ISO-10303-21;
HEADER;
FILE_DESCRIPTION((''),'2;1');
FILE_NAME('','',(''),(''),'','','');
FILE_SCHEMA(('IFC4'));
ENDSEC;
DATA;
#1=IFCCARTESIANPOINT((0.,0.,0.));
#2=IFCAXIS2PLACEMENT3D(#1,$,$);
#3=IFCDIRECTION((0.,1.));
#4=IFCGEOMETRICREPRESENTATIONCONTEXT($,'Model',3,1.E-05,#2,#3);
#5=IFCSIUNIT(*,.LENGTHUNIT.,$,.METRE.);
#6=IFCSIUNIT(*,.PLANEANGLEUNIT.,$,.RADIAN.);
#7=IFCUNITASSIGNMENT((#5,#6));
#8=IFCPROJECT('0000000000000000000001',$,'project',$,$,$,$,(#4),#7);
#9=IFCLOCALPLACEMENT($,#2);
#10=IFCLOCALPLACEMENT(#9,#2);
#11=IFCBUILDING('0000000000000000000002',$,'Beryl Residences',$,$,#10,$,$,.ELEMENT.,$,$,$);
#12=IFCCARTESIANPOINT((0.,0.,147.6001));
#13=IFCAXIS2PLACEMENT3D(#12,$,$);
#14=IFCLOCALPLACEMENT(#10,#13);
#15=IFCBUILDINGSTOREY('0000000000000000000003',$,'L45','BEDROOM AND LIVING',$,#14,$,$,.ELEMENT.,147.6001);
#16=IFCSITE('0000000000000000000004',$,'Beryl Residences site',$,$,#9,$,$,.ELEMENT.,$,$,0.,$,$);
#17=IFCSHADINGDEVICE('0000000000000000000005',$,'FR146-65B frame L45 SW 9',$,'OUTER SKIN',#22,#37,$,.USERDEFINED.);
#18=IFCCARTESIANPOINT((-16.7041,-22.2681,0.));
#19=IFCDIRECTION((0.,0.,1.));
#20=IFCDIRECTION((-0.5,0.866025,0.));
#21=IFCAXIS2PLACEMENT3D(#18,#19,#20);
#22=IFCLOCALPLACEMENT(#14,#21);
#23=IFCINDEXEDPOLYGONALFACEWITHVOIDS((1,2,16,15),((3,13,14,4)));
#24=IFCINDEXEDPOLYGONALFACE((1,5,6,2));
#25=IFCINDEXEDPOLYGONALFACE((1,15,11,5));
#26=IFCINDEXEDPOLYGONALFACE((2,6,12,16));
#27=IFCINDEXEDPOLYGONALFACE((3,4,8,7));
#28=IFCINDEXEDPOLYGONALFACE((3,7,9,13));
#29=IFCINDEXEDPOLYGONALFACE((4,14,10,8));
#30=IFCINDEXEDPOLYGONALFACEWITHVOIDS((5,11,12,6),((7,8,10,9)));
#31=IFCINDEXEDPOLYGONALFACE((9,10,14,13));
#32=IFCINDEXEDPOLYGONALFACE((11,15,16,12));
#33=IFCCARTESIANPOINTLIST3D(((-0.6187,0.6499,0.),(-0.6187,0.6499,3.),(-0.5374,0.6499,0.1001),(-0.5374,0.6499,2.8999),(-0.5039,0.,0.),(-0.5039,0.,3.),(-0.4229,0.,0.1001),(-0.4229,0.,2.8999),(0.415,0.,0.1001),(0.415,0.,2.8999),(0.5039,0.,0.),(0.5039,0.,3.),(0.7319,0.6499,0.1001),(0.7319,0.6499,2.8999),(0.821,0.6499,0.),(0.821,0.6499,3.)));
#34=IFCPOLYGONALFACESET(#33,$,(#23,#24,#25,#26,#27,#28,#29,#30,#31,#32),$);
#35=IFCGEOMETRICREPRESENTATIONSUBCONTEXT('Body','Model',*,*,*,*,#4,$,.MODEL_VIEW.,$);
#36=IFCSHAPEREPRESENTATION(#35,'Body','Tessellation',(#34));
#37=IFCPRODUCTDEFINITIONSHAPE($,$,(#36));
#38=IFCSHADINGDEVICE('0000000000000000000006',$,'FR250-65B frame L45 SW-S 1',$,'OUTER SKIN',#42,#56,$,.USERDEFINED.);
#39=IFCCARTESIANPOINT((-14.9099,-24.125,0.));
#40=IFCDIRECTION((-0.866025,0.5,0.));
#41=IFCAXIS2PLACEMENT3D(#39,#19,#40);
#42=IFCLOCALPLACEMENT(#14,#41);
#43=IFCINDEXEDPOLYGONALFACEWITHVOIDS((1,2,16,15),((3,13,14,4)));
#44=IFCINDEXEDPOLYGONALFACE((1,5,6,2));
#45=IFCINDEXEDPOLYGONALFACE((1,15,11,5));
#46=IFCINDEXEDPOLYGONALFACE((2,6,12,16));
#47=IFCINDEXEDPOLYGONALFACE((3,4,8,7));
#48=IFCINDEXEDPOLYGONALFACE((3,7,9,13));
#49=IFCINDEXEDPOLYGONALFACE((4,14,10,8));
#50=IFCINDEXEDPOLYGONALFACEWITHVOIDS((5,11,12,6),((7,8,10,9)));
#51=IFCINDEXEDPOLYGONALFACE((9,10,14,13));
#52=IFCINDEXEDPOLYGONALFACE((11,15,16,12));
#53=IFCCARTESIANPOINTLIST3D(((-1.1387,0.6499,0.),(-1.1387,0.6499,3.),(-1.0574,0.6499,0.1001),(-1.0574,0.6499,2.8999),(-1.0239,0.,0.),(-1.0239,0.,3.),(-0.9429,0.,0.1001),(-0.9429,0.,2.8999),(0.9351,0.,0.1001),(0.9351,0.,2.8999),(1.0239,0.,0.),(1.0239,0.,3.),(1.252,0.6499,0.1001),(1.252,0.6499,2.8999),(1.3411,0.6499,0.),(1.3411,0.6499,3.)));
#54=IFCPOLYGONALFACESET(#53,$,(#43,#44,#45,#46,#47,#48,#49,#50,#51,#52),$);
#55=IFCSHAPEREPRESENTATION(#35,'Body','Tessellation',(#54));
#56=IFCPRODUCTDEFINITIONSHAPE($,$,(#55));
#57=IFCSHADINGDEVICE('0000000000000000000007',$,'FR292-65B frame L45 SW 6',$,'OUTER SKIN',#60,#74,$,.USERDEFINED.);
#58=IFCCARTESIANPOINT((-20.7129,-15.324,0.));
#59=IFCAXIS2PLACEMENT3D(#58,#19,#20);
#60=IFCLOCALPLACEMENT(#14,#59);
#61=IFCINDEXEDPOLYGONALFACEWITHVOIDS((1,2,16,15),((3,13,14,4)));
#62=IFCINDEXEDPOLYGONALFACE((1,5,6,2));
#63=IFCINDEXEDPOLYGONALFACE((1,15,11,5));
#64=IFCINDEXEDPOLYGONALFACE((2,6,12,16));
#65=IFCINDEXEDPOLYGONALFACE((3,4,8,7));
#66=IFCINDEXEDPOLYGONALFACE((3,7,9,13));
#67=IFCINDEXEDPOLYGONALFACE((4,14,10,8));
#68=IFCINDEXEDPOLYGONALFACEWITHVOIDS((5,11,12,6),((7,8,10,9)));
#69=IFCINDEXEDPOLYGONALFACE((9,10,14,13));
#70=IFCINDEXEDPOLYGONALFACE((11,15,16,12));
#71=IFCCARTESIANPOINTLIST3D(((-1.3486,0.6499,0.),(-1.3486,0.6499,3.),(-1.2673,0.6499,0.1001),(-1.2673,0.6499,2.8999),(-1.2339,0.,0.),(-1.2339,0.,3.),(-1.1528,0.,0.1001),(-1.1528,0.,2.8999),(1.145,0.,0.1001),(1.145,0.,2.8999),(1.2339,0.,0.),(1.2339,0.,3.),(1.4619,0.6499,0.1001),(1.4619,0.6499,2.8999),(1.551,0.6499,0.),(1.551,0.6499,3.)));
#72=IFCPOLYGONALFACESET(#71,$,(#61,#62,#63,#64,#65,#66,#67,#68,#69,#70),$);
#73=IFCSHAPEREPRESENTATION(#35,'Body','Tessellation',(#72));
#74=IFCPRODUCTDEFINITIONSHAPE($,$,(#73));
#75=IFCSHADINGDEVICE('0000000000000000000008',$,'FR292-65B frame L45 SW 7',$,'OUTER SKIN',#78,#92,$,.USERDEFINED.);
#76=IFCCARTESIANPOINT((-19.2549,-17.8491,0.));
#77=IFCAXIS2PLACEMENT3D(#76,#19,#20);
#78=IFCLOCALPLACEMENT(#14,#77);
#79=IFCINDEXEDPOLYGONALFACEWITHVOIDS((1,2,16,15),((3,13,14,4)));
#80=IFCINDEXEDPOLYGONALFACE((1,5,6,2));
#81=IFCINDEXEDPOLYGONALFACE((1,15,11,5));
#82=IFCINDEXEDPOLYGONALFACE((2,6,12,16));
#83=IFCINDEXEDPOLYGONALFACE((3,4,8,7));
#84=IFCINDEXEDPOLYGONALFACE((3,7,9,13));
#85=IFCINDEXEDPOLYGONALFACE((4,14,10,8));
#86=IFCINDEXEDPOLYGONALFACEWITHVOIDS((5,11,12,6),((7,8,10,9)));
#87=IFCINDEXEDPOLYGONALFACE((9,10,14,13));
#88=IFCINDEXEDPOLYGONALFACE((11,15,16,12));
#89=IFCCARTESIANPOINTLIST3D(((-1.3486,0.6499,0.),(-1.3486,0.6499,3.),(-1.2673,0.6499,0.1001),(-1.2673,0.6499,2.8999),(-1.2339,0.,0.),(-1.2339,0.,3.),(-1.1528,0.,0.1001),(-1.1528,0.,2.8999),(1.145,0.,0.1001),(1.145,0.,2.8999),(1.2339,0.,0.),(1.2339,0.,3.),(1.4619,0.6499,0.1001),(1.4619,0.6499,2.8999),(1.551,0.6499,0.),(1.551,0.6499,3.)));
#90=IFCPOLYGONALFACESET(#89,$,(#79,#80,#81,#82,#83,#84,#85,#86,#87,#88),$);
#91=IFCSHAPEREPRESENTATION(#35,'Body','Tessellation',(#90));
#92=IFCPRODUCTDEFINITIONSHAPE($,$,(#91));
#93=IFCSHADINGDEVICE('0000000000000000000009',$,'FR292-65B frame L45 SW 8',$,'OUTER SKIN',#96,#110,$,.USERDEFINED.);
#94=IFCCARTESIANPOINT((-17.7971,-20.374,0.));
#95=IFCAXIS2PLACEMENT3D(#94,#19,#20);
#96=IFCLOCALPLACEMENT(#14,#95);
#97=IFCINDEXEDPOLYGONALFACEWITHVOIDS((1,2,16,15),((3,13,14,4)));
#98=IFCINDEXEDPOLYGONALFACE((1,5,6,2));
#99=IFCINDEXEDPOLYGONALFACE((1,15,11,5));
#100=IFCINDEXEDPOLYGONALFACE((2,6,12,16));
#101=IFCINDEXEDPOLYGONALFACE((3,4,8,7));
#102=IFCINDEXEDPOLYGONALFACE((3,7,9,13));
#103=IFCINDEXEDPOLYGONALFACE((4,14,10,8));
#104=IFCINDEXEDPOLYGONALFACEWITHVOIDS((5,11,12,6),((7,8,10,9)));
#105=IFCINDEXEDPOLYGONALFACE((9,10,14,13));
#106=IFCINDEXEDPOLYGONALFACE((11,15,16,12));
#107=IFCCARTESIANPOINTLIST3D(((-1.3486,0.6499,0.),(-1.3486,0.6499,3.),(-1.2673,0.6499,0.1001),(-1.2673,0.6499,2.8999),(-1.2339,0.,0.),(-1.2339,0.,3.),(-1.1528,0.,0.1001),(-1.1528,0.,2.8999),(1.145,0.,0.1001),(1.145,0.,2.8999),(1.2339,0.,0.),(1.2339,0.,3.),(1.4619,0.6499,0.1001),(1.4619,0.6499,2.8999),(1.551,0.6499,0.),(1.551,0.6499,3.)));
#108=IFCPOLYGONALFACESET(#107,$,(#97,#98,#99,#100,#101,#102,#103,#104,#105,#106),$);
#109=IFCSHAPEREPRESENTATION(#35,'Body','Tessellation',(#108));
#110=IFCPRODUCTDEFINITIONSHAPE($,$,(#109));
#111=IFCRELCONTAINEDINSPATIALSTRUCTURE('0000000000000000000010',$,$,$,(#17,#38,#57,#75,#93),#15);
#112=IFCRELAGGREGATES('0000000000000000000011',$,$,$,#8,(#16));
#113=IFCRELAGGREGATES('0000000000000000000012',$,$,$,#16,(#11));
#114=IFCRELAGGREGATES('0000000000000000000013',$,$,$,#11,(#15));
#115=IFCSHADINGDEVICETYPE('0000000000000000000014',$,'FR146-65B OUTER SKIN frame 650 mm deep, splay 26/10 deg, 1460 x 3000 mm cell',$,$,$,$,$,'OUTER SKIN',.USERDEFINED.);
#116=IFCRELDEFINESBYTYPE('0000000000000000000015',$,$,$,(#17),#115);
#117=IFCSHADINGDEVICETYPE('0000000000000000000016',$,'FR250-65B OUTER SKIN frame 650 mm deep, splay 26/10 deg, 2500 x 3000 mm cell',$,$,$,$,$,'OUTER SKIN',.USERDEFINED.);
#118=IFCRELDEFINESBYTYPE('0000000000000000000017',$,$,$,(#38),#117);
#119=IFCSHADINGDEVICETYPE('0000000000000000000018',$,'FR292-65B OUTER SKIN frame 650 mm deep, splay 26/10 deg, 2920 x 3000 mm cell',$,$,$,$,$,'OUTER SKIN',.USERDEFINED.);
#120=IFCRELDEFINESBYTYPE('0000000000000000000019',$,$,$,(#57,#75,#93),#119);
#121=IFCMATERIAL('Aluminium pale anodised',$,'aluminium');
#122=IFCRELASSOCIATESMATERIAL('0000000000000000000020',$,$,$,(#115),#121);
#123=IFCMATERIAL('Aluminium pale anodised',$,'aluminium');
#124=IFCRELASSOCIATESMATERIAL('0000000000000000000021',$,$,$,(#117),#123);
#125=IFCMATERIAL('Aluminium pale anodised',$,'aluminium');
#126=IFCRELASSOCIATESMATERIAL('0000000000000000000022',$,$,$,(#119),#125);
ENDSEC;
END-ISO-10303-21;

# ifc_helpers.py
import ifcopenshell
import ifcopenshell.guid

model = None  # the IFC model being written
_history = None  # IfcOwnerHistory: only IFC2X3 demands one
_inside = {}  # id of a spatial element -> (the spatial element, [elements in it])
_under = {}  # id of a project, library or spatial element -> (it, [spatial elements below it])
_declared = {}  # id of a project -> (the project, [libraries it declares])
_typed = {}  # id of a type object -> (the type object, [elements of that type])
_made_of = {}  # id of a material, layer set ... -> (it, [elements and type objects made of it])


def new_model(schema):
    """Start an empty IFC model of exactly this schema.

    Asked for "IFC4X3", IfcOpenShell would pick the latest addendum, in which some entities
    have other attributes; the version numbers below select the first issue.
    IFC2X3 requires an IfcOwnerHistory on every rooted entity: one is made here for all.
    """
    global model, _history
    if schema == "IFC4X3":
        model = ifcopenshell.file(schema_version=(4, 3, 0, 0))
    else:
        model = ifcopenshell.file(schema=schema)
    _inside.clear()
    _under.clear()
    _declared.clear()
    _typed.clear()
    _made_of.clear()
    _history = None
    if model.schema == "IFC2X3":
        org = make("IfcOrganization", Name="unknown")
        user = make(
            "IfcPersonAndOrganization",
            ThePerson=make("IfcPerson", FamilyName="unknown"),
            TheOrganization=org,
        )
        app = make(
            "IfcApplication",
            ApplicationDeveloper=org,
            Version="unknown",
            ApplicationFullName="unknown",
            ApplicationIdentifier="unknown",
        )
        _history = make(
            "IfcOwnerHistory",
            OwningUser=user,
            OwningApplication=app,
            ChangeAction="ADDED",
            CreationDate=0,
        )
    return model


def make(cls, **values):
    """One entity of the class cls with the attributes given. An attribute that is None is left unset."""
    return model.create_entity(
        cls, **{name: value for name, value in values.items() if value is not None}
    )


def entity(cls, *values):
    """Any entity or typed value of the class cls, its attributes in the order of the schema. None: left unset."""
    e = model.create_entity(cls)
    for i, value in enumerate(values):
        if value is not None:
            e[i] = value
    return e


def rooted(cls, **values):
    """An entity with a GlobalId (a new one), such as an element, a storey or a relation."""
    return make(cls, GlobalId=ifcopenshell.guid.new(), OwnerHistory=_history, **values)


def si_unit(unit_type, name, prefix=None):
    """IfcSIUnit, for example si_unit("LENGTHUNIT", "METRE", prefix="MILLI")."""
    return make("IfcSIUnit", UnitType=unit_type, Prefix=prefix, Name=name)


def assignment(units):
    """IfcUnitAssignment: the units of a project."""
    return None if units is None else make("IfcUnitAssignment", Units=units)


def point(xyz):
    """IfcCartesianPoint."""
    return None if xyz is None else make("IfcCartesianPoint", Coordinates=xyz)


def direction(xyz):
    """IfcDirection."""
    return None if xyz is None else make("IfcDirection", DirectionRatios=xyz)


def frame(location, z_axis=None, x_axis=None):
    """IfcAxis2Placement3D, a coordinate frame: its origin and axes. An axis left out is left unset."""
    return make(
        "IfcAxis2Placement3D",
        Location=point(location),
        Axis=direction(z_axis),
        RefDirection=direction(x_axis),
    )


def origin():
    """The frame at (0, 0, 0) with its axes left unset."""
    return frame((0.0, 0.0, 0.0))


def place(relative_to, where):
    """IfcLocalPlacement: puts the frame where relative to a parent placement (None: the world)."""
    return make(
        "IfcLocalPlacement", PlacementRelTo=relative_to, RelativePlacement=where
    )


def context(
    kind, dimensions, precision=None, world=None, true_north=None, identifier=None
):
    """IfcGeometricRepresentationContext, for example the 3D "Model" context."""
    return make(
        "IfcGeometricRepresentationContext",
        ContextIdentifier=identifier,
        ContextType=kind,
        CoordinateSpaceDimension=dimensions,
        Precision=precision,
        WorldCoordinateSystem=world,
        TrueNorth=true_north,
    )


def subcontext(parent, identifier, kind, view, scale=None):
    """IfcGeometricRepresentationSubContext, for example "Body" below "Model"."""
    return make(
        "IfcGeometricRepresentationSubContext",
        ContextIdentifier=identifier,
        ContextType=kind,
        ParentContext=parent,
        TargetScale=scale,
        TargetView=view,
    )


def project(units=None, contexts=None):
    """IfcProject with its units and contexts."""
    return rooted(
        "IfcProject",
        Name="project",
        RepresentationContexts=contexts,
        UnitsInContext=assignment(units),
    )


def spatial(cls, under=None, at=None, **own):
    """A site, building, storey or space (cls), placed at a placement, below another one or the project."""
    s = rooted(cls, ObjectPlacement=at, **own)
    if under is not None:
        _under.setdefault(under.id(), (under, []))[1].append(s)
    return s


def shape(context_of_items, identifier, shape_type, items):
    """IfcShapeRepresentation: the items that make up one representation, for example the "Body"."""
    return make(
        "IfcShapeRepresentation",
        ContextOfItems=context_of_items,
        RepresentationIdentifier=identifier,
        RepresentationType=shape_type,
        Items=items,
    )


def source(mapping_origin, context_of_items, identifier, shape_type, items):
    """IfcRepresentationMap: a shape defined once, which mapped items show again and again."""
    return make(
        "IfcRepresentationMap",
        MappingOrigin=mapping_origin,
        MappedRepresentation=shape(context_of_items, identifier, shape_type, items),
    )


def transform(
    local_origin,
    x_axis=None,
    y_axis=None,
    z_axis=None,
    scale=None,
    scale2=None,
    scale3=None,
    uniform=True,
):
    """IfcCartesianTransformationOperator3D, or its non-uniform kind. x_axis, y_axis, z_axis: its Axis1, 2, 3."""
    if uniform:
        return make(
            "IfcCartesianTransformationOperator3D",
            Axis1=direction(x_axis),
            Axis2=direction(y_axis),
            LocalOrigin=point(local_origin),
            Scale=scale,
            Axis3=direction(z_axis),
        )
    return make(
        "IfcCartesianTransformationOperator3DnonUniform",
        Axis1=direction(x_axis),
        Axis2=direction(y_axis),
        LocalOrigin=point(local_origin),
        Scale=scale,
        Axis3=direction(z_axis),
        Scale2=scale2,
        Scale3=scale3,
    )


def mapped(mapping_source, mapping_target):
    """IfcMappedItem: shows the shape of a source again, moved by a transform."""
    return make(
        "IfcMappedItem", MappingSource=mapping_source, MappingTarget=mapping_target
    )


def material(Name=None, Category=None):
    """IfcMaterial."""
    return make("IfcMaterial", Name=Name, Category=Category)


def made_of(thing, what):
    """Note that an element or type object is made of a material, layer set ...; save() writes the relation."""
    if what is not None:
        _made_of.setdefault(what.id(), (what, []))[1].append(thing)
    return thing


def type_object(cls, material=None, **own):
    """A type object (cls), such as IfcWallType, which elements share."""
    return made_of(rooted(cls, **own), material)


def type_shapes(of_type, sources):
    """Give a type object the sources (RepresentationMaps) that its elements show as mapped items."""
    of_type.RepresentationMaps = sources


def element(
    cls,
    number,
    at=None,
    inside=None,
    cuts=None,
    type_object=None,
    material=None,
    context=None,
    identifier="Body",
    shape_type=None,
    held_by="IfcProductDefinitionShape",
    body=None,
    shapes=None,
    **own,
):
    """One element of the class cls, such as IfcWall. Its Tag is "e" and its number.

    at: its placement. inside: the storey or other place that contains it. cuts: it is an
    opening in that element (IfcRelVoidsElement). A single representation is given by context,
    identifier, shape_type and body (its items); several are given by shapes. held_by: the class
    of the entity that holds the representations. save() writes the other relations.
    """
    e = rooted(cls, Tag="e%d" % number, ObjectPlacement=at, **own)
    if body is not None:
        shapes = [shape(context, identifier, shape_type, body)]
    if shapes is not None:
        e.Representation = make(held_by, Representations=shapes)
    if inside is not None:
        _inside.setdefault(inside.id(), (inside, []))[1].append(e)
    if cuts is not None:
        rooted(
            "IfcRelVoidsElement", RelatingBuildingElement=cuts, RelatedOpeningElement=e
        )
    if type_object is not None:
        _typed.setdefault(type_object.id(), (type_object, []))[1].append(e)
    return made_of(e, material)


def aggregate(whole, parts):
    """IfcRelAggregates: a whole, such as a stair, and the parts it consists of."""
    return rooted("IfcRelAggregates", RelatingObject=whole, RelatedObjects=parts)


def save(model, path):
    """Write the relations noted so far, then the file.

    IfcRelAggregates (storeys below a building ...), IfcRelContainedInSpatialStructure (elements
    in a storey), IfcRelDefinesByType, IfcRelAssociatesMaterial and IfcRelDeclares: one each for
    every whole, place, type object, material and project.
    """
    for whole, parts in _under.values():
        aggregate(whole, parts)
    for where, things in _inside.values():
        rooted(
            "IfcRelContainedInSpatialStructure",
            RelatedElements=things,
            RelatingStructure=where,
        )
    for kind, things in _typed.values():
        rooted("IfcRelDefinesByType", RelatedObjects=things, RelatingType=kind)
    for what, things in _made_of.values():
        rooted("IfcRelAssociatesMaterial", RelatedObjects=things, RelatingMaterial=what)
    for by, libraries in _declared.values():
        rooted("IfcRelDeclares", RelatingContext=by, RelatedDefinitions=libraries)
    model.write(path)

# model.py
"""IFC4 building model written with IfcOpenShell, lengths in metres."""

from ifc_helpers import new_model, entity, si_unit, direction, frame, origin, place, context, subcontext, project, spatial, source, transform, mapped, material, type_object, type_shapes, element, save


model = new_model("IFC4")

# Units and contexts
model_context = context("Model", 3, precision=1e-05, world=origin(), true_north=direction((0.0, 1.0)))
body_context = subcontext(model_context, "Body", "Model", "MODEL_VIEW")
ifc_project = project(units=[si_unit("LENGTHUNIT", "METRE"), si_unit("PLANEANGLEUNIT", "RADIAN")], contexts=[model_context])

# Site, building, storey
site_placement = place(None, origin())
site = spatial("IfcSite", under=ifc_project, at=site_placement, Name="Beryl Residences site", CompositionType="ELEMENT", RefElevation=0.0)
building_placement = place(site_placement, origin())
building = spatial("IfcBuilding", under=site, at=building_placement, Name="Beryl Residences", CompositionType="ELEMENT")
storey_placement = place(building_placement, frame((0.0, 0.0, 147.6001)))
storey = spatial("IfcBuildingStorey", under=building, at=storey_placement, Name="L45", Description="BEDROOM AND LIVING", CompositionType="ELEMENT", Elevation=147.6001)

# Shading devices
ifc_material_1 = material(Name="Aluminium pale anodised", Category="aluminium")
shading_device_type_1 = type_object("IfcShadingDeviceType", Name="FR146-65B OUTER SKIN frame 650 mm deep, splay 26/10 deg, 1460 x 3000 mm cell", ElementType="OUTER SKIN", PredefinedType="USERDEFINED", material=ifc_material_1)
cartesian_point_1 = entity("IfcCartesianPoint", [-0.5039, 0.0])
cartesian_point_2 = entity("IfcCartesianPoint", [-0.415, 0.1001])
cartesian_point_3 = entity("IfcCartesianPoint", [-0.821, 0.0])
cartesian_point_4 = entity("IfcCartesianPoint", [-0.7319, 0.1001])
shared_shape_1 = source(origin(), body_context, "Body", "SweptSolid", [
    entity("IfcExtrudedAreaSolidTapered", entity("IfcArbitraryProfileDefWithVoids", "AREA", None, entity("IfcPolyline", [cartesian_point_1, entity("IfcCartesianPoint", [0.5039, 0.0]), entity("IfcCartesianPoint", [0.5039, 3.0]), entity("IfcCartesianPoint", [-0.5039, 3.0]), cartesian_point_1]), [entity("IfcPolyline", [cartesian_point_2, entity("IfcCartesianPoint", [0.4229, 0.1001]), entity("IfcCartesianPoint", [0.4229, 2.8999]), entity("IfcCartesianPoint", [-0.415, 2.8999]), cartesian_point_2])]), entity("IfcAxis2Placement3D", entity("IfcCartesianPoint", [0.0, 0.0, 0.0]), entity("IfcDirection", [0.0, 1.0, 0.0]), entity("IfcDirection", [-1.0, 0.0, 0.0])), entity("IfcDirection", [0.0, 0.0, 1.0]), 0.6499, entity("IfcArbitraryProfileDefWithVoids", "AREA", None, entity("IfcPolyline", [cartesian_point_3, entity("IfcCartesianPoint", [0.6187, 0.0]), entity("IfcCartesianPoint", [0.6187, 3.0]), entity("IfcCartesianPoint", [-0.821, 3.0]), cartesian_point_3]), [entity("IfcPolyline", [cartesian_point_4, entity("IfcCartesianPoint", [0.5374, 0.1001]), entity("IfcCartesianPoint", [0.5374, 2.8999]), entity("IfcCartesianPoint", [-0.7319, 2.8999]), cartesian_point_4])])),
])
type_shapes(shading_device_type_1, [shared_shape_1])
shading_device_1_placement = place(storey_placement, frame((-16.7041, -22.2681, 0.0), z_axis=(0.0, 0.0, 1.0), x_axis=(-0.5, 0.866025, 0.0)))
element("IfcShadingDevice", 1, at=shading_device_1_placement, inside=storey, type_object=shading_device_type_1, Name="FR146-65B frame L45 SW 9", ObjectType="OUTER SKIN", PredefinedType="USERDEFINED", context=body_context, shape_type="MappedRepresentation", body=[
    mapped(shared_shape_1, transform((0.0, 0.0, 0.0))),
])
ifc_material_2 = material(Name="Aluminium pale anodised", Category="aluminium")
shading_device_type_2 = type_object("IfcShadingDeviceType", Name="FR250-65B OUTER SKIN frame 650 mm deep, splay 26/10 deg, 2500 x 3000 mm cell", ElementType="OUTER SKIN", PredefinedType="USERDEFINED", material=ifc_material_2)
cartesian_point_5 = entity("IfcCartesianPoint", [-1.0239, 0.0])
cartesian_point_6 = entity("IfcCartesianPoint", [-0.9351, 0.1001])
cartesian_point_7 = entity("IfcCartesianPoint", [-1.3411, 0.0])
cartesian_point_8 = entity("IfcCartesianPoint", [-1.252, 0.1001])
shared_shape_2 = source(origin(), body_context, "Body", "SweptSolid", [
    entity("IfcExtrudedAreaSolidTapered", entity("IfcArbitraryProfileDefWithVoids", "AREA", None, entity("IfcPolyline", [cartesian_point_5, entity("IfcCartesianPoint", [1.0239, 0.0]), entity("IfcCartesianPoint", [1.0239, 3.0]), entity("IfcCartesianPoint", [-1.0239, 3.0]), cartesian_point_5]), [entity("IfcPolyline", [cartesian_point_6, entity("IfcCartesianPoint", [0.9429, 0.1001]), entity("IfcCartesianPoint", [0.9429, 2.8999]), entity("IfcCartesianPoint", [-0.9351, 2.8999]), cartesian_point_6])]), entity("IfcAxis2Placement3D", entity("IfcCartesianPoint", [0.0, 0.0, 0.0]), entity("IfcDirection", [0.0, 1.0, 0.0]), entity("IfcDirection", [-1.0, 0.0, 0.0])), entity("IfcDirection", [0.0, 0.0, 1.0]), 0.6499, entity("IfcArbitraryProfileDefWithVoids", "AREA", None, entity("IfcPolyline", [cartesian_point_7, entity("IfcCartesianPoint", [1.1387, 0.0]), entity("IfcCartesianPoint", [1.1387, 3.0]), entity("IfcCartesianPoint", [-1.3411, 3.0]), cartesian_point_7]), [entity("IfcPolyline", [cartesian_point_8, entity("IfcCartesianPoint", [1.0574, 0.1001]), entity("IfcCartesianPoint", [1.0574, 2.8999]), entity("IfcCartesianPoint", [-1.252, 2.8999]), cartesian_point_8])])),
])
type_shapes(shading_device_type_2, [shared_shape_2])
shading_device_2_placement = place(storey_placement, frame((-14.9099, -24.125, 0.0), z_axis=(0.0, 0.0, 1.0), x_axis=(-0.866025, 0.5, 0.0)))
element("IfcShadingDevice", 2, at=shading_device_2_placement, inside=storey, type_object=shading_device_type_2, Name="FR250-65B frame L45 SW-S 1", ObjectType="OUTER SKIN", PredefinedType="USERDEFINED", context=body_context, shape_type="MappedRepresentation", body=[
    mapped(shared_shape_2, transform((0.0, 0.0, 0.0))),
])
ifc_material_3 = material(Name="Aluminium pale anodised", Category="aluminium")
shading_device_type_3 = type_object("IfcShadingDeviceType", Name="FR292-65B OUTER SKIN frame 650 mm deep, splay 26/10 deg, 2920 x 3000 mm cell", ElementType="OUTER SKIN", PredefinedType="USERDEFINED", material=ifc_material_3)
cartesian_point_9 = entity("IfcCartesianPoint", [-1.2339, 0.0])
cartesian_point_10 = entity("IfcCartesianPoint", [-1.145, 0.1001])
cartesian_point_11 = entity("IfcCartesianPoint", [-1.551, 0.0])
cartesian_point_12 = entity("IfcCartesianPoint", [-1.4619, 0.1001])
shared_shape_3 = source(origin(), body_context, "Body", "SweptSolid", [
    entity("IfcExtrudedAreaSolidTapered", entity("IfcArbitraryProfileDefWithVoids", "AREA", None, entity("IfcPolyline", [cartesian_point_9, entity("IfcCartesianPoint", [1.2339, 0.0]), entity("IfcCartesianPoint", [1.2339, 3.0]), entity("IfcCartesianPoint", [-1.2339, 3.0]), cartesian_point_9]), [entity("IfcPolyline", [cartesian_point_10, entity("IfcCartesianPoint", [1.1528, 0.1001]), entity("IfcCartesianPoint", [1.1528, 2.8999]), entity("IfcCartesianPoint", [-1.145, 2.8999]), cartesian_point_10])]), entity("IfcAxis2Placement3D", entity("IfcCartesianPoint", [0.0, 0.0, 0.0]), entity("IfcDirection", [0.0, 1.0, 0.0]), entity("IfcDirection", [-1.0, 0.0, 0.0])), entity("IfcDirection", [0.0, 0.0, 1.0]), 0.6499, entity("IfcArbitraryProfileDefWithVoids", "AREA", None, entity("IfcPolyline", [cartesian_point_11, entity("IfcCartesianPoint", [1.3486, 0.0]), entity("IfcCartesianPoint", [1.3486, 3.0]), entity("IfcCartesianPoint", [-1.551, 3.0]), cartesian_point_11]), [entity("IfcPolyline", [cartesian_point_12, entity("IfcCartesianPoint", [1.2673, 0.1001]), entity("IfcCartesianPoint", [1.2673, 2.8999]), entity("IfcCartesianPoint", [-1.4619, 2.8999]), cartesian_point_12])])),
])
type_shapes(shading_device_type_3, [shared_shape_3])
for number, where, z_axis, x_axis, name in (
    (3, (-20.7129, -15.324, 0.0), (0.0, 0.0, 1.0), (-0.5, 0.866025, 0.0), "FR292-65B frame L45 SW 6"),
    (4, (-19.2549, -17.8491, 0.0), (0.0, 0.0, 1.0), (-0.5, 0.866025, 0.0), "FR292-65B frame L45 SW 7"),
    (5, (-17.7971, -20.374, 0.0), (0.0, 0.0, 1.0), (-0.5, 0.866025, 0.0), "FR292-65B frame L45 SW 8"),
):
    element("IfcShadingDevice", number, at=place(storey_placement, frame(where, z_axis=z_axis, x_axis=x_axis)), inside=storey, type_object=shading_device_type_3, Name=name, ObjectType="OUTER SKIN", PredefinedType="USERDEFINED", context=body_context, shape_type="MappedRepresentation", body=[
        mapped(shared_shape_3, transform((0.0, 0.0, 0.0))),
    ])

save(model, "model.ifc")
